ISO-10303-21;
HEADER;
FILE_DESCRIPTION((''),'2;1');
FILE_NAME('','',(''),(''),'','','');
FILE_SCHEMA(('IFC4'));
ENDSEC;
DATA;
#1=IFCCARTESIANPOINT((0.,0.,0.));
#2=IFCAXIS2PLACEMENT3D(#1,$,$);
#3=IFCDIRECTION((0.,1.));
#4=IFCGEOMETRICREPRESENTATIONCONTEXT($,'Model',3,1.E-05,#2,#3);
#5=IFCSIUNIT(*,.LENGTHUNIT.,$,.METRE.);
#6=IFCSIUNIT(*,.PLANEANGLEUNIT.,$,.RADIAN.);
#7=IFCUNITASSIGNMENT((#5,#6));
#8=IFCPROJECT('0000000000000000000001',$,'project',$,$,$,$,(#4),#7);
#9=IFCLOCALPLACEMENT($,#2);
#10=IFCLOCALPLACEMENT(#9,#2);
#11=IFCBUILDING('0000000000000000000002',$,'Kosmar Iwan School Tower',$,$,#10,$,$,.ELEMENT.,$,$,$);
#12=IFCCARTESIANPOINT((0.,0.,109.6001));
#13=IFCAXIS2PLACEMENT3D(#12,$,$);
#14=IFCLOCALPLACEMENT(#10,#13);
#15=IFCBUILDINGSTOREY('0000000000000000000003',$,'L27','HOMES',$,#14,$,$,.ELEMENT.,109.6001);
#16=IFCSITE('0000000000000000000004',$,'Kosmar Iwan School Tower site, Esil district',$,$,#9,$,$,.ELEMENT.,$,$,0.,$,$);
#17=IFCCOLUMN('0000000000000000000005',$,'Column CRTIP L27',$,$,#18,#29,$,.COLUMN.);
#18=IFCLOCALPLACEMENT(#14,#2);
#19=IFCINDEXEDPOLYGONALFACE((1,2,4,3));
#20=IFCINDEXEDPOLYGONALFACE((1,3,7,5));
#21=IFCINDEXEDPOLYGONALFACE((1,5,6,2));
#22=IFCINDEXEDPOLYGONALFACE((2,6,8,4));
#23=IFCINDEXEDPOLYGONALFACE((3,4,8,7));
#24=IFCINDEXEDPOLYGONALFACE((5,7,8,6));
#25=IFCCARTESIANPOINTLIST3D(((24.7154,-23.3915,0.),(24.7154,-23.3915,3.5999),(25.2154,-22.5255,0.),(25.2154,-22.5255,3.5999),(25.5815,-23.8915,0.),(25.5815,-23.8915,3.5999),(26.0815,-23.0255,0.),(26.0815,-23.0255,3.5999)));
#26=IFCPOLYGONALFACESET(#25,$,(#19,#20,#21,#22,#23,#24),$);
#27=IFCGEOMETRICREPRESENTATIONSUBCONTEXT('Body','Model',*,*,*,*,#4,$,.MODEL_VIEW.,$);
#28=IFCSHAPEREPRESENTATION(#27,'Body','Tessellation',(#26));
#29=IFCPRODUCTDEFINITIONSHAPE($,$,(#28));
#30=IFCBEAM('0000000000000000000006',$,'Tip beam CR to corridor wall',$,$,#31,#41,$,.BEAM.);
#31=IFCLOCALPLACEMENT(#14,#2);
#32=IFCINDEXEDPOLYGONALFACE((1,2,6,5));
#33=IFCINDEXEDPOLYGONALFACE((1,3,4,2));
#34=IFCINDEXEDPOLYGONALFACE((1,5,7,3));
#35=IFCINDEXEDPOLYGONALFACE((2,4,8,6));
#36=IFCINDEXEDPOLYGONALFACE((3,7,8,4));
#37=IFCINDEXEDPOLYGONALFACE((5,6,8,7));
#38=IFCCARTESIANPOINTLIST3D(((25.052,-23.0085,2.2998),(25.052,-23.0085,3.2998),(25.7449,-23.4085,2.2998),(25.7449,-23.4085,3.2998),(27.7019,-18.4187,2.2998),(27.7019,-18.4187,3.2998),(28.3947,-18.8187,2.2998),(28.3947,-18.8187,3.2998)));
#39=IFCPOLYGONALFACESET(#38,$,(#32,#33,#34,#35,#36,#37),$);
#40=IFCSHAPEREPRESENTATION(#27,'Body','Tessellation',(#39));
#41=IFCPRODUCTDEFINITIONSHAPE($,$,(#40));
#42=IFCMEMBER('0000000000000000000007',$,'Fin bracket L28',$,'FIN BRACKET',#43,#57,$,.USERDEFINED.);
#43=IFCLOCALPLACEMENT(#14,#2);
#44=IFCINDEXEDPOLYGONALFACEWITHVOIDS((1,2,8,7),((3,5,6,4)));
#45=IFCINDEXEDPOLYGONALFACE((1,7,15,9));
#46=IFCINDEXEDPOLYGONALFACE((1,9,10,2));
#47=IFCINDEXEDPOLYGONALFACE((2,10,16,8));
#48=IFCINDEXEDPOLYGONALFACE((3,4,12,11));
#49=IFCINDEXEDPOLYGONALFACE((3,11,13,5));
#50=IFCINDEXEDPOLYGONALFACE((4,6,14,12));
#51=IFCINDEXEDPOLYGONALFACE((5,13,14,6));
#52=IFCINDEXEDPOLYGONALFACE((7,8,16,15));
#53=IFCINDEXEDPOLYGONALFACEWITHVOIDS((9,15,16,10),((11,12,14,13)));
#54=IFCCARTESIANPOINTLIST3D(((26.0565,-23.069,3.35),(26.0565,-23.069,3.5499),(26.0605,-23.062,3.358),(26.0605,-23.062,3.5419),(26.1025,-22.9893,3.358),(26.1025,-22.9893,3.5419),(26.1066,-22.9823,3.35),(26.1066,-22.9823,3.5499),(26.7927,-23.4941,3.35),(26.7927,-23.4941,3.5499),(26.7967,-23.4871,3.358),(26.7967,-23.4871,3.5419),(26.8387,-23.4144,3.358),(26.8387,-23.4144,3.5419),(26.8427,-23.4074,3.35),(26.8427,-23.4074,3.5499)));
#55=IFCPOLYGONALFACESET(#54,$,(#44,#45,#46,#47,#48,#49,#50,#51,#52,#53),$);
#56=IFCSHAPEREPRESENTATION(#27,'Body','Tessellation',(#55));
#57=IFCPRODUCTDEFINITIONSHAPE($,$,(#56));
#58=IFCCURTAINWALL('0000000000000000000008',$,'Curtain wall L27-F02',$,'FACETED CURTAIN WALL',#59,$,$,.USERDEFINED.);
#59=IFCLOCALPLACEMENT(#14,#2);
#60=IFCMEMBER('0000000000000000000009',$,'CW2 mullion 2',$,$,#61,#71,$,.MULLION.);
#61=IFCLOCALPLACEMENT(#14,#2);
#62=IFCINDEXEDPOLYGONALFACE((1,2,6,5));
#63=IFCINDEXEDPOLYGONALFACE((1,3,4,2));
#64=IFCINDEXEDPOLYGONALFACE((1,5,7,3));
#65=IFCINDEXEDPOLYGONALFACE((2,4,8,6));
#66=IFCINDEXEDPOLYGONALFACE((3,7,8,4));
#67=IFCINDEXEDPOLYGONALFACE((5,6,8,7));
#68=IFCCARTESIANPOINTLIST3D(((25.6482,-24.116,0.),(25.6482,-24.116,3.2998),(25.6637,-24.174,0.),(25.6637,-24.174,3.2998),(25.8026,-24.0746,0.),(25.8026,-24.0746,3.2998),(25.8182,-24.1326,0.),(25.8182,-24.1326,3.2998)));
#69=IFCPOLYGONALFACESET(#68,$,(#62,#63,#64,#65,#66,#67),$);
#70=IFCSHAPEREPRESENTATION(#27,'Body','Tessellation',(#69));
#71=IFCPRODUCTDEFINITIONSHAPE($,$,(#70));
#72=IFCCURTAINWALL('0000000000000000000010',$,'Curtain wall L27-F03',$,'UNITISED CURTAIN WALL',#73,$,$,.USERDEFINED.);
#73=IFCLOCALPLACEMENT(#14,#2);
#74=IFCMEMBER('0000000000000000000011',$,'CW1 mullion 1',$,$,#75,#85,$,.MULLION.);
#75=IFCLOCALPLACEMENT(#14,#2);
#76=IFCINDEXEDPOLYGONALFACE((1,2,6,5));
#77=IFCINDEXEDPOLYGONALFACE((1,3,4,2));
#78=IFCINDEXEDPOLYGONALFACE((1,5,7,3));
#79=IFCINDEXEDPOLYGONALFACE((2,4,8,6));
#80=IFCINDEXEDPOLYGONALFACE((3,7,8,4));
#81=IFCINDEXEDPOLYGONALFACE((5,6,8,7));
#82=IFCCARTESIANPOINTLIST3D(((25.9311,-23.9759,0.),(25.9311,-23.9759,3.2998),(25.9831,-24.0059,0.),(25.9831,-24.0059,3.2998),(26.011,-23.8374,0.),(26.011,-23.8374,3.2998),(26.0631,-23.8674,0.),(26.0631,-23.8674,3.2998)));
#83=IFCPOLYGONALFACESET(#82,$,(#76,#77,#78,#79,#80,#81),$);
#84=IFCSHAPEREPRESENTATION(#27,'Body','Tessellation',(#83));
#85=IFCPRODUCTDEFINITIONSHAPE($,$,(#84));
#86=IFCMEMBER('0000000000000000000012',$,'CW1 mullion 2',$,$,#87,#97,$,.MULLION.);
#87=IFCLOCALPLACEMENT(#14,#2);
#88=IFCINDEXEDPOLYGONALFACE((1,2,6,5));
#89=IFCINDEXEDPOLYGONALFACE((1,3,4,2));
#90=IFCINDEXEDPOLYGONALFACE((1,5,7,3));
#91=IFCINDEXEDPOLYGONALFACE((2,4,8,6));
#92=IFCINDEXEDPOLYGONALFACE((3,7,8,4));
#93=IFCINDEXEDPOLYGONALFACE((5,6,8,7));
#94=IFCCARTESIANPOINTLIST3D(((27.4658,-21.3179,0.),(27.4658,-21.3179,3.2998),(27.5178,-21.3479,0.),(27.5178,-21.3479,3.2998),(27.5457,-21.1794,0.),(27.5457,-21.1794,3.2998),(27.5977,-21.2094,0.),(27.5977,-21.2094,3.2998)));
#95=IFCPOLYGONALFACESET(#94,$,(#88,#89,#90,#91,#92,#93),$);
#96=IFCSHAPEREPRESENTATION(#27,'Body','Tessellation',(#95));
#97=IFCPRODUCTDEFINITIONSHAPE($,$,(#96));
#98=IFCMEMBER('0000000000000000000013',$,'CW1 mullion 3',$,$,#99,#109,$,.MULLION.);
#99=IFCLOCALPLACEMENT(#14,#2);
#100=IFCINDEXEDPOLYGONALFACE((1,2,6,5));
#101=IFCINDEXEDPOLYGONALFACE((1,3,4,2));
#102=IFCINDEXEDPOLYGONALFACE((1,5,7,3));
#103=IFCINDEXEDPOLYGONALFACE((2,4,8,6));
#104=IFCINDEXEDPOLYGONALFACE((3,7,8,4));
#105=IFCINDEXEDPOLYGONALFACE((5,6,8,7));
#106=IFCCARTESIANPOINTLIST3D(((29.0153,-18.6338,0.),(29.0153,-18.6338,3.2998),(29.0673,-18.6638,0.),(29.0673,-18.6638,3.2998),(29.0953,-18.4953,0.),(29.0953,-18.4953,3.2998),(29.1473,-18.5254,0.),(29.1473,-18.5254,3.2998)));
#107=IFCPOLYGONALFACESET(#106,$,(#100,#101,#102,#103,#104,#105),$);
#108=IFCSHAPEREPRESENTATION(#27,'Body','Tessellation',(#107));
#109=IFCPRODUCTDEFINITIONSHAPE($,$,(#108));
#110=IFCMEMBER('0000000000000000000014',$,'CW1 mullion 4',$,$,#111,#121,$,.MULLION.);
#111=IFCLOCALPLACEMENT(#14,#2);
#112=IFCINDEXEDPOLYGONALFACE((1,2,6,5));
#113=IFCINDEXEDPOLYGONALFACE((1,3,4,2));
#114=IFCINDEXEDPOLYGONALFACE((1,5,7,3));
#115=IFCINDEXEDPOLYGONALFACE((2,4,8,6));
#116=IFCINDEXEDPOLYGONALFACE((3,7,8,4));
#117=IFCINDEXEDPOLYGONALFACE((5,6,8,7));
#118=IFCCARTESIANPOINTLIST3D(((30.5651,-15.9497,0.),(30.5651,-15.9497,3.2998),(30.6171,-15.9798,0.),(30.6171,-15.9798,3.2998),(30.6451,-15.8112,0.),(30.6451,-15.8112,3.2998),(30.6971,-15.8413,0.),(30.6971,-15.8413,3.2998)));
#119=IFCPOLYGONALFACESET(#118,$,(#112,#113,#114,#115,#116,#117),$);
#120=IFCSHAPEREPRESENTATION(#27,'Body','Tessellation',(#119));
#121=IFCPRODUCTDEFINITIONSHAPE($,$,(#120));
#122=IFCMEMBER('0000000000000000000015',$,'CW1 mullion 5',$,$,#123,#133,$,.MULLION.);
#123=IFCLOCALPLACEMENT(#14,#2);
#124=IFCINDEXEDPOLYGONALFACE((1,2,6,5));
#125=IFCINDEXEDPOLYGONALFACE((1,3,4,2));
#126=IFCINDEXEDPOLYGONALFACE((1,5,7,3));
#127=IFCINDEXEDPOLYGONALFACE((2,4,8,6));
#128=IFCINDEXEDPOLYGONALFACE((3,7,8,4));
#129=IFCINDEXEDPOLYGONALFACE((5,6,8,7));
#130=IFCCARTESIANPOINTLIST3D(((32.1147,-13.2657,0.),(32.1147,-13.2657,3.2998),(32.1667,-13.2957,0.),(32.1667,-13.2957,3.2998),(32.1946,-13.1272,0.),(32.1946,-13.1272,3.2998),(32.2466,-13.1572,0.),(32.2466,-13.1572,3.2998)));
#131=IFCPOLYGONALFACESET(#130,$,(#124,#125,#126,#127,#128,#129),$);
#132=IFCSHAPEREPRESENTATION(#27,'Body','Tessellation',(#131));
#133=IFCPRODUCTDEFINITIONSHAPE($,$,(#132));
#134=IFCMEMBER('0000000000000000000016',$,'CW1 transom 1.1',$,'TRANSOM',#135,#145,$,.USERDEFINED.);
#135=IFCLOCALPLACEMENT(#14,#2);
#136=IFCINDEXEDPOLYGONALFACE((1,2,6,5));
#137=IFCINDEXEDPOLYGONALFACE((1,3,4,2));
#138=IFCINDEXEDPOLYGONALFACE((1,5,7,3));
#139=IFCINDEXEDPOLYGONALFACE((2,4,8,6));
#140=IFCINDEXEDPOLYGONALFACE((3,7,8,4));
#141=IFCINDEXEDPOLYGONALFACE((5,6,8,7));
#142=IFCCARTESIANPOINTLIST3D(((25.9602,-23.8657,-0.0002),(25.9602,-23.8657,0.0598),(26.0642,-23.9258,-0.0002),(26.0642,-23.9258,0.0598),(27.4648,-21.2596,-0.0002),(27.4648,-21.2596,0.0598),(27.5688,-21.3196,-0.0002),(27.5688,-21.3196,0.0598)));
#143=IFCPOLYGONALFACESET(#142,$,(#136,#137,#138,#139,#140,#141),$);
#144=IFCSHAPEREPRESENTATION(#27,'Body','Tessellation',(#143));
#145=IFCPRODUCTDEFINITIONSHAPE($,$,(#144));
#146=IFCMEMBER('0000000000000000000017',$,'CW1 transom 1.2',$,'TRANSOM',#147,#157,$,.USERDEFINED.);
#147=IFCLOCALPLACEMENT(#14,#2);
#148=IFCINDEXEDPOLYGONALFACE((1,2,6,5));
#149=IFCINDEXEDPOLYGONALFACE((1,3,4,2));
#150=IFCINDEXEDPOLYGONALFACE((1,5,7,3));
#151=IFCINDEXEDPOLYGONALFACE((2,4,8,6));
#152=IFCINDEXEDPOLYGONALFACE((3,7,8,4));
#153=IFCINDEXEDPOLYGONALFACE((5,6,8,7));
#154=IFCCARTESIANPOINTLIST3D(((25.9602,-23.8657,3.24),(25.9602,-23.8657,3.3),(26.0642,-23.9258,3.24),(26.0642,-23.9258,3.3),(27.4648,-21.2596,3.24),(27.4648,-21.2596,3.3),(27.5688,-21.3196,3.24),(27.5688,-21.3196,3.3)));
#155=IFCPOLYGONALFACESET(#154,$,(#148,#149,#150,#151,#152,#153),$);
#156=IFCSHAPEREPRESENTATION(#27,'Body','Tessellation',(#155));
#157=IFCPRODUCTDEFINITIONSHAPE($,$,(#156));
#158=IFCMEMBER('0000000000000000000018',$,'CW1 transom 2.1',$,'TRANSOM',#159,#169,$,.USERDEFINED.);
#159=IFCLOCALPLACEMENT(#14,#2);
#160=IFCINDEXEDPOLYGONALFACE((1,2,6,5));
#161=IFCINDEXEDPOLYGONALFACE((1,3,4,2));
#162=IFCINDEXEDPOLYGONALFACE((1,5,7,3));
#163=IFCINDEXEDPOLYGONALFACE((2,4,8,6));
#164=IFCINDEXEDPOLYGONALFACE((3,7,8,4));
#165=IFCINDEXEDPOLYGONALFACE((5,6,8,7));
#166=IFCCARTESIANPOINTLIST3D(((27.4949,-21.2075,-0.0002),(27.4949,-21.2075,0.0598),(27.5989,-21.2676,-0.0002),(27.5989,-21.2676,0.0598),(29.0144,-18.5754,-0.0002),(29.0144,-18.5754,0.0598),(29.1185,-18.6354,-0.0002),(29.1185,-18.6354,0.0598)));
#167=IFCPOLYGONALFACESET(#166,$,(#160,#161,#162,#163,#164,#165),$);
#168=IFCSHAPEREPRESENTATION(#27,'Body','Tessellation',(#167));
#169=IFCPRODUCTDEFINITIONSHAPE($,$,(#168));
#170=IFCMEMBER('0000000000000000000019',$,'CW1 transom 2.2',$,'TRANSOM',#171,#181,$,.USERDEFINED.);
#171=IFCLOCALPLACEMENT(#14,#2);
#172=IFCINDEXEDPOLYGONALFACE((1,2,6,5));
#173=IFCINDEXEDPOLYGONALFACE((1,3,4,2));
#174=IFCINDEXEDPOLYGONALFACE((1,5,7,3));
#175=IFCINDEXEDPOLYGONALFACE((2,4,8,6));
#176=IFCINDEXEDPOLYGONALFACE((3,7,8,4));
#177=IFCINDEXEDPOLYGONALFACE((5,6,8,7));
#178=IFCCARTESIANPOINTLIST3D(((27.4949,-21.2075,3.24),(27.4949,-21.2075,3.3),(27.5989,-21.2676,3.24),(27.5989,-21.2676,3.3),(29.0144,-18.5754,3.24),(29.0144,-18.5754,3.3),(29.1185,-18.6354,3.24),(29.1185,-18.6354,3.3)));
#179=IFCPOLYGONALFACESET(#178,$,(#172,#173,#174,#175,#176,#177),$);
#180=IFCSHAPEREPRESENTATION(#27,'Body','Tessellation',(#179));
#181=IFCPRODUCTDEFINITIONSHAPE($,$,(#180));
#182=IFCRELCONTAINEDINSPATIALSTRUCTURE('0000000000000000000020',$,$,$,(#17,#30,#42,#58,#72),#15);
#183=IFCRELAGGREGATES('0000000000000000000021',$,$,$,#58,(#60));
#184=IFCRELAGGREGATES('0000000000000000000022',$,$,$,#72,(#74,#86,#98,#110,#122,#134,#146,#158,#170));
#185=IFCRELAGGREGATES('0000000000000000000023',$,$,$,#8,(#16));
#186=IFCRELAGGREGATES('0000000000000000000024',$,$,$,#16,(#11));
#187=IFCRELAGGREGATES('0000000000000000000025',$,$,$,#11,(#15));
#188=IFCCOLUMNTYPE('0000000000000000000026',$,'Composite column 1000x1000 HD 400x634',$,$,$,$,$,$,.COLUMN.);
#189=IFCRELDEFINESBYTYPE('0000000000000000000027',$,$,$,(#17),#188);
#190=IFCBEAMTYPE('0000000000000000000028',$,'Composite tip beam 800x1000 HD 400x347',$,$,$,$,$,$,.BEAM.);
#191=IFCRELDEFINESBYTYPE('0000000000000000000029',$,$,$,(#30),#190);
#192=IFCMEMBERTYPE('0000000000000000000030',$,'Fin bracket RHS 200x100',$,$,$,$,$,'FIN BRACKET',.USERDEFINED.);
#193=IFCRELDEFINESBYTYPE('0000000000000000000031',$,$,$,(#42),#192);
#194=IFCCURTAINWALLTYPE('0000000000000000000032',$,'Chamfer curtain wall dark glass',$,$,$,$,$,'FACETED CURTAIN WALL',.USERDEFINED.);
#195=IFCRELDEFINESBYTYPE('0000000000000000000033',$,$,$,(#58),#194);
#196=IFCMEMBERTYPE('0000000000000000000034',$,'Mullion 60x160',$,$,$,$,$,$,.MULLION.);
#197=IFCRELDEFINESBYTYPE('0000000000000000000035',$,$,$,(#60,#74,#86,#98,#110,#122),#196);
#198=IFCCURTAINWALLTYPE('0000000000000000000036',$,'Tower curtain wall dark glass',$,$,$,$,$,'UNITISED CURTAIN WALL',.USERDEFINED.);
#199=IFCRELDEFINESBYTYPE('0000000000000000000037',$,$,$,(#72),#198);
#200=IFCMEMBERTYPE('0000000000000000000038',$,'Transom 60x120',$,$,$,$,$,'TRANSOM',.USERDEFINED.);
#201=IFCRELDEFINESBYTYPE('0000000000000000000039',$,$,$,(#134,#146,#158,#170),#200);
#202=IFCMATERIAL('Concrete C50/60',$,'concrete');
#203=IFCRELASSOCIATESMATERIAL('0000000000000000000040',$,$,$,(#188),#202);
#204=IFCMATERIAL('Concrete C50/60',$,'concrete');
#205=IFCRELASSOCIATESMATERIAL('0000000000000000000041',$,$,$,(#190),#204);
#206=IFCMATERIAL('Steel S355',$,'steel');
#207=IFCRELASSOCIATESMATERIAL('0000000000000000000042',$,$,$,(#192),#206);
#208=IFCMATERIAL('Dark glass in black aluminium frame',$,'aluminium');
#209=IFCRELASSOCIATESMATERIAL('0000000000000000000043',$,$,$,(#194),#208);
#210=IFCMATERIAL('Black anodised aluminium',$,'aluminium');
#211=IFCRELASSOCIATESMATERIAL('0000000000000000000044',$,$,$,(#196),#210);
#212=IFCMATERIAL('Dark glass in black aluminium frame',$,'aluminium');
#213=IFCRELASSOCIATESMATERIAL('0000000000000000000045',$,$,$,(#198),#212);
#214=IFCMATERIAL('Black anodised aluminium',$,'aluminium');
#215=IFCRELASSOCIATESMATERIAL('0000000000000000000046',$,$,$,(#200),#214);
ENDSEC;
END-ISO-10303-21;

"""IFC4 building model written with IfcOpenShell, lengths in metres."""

from ifc_helpers import new_model, si_unit, direction, frame, origin, origin_2d, place, context, subcontext, project, spatial, rectangle, hollow_rectangle, extrude, material, material_profile, profile_set, type_object, element, aggregate, save


model = new_model("IFC4")

# Units and contexts
model_context = context("Model", 3, precision=1e-05, world=origin(), true_north=direction((0.0, 1.0)))
body_context = subcontext(model_context, "Body", "Model", "MODEL_VIEW")
ifc_project = project(units=[si_unit("LENGTHUNIT", "METRE"), si_unit("PLANEANGLEUNIT", "RADIAN")], contexts=[model_context])

# Site, building, storey
site_placement = place(None, origin())
site = spatial("IfcSite", under=ifc_project, at=site_placement, Name="Kosmar Iwan School Tower site, Esil district", CompositionType="ELEMENT", RefElevation=0.0)
building_placement = place(site_placement, origin())
building = spatial("IfcBuilding", under=site, at=building_placement, Name="Kosmar Iwan School Tower", CompositionType="ELEMENT")
storey_placement = place(building_placement, frame((0.0, 0.0, 109.6001)))
storey = spatial("IfcBuildingStorey", under=building, at=storey_placement, Name="L27", Description="HOMES", CompositionType="ELEMENT", Elevation=109.6001)

# Column
ifc_material_1 = material(Name="Concrete C50/60", Category="concrete")
ifc_material_profile_1 = material_profile(ifc_material_1, rectangle(XDim=1.0, YDim=1.0, at=origin_2d()), Name="RC 1000x1000 + HD 400x634")
ifc_profile_set_1 = profile_set([ifc_material_profile_1], Name="Concrete C50/60")
column_type = type_object("IfcColumnType", Name="Composite column 1000x1000 HD 400x634", PredefinedType="COLUMN", material=ifc_profile_set_1)
column_placement = place(storey_placement, frame((25.3984, -23.2085, 0.0), z_axis=(0.0, 0.0, 1.0), x_axis=(0.866025, -0.5, 0.0)))
element("IfcColumn", 1, at=column_placement, inside=storey, type_object=column_type, Name="Column CRTIP L27", PredefinedType="COLUMN", context=body_context, shape_type="SweptSolid", body=[
    extrude(rectangle(XDim=1.0, YDim=1.0, at=origin_2d()), origin(), (0.0, 0.0, 1.0), 3.5999),
])

# Beam
ifc_material_2 = material(Name="Concrete C50/60", Category="concrete")
ifc_material_profile_2 = material_profile(ifc_material_2, rectangle(XDim=0.8, YDim=1.0, at=origin_2d()), Name="RC 800x1000 + HD 400x347")
ifc_profile_set_2 = profile_set([ifc_material_profile_2], Name="Concrete C50/60")
beam_type = type_object("IfcBeamType", Name="Composite tip beam 800x1000 HD 400x347", PredefinedType="BEAM", material=ifc_profile_set_2)
beam_placement = place(storey_placement, frame((25.3984, -23.2085, 2.7998), z_axis=(0.499994, 0.866029, 0.0), x_axis=(-0.866029, 0.499994, 0.0)))
element("IfcBeam", 2, at=beam_placement, inside=storey, type_object=beam_type, Name="Tip beam CR to corridor wall", PredefinedType="BEAM", context=body_context, shape_type="SweptSolid", body=[
    extrude(rectangle(XDim=0.8, YDim=1.0, at=origin_2d()), origin(), (0.0, 0.0, 1.0), 5.2998),
])

# Member
ifc_material_3 = material(Name="Steel S355", Category="steel")
ifc_material_profile_3 = material_profile(ifc_material_3, hollow_rectangle(XDim=0.1001, YDim=0.2, WallThickness=0.0081, at=origin_2d()), Name="RHS 200x100x8")
ifc_profile_set_3 = profile_set([ifc_material_profile_3], Name="Steel S355")
member_type_1 = type_object("IfcMemberType", Name="Fin bracket RHS 200x100", ElementType="FIN BRACKET", PredefinedType="USERDEFINED", material=ifc_profile_set_3)
member_1_placement = place(storey_placement, frame((26.0815, -23.0256, 3.45), z_axis=(0.865989, -0.500062, 0.0), x_axis=(0.500062, 0.865989, 0.0)))
element("IfcMember", 3, at=member_1_placement, inside=storey, type_object=member_type_1, Name="Fin bracket L28", ObjectType="FIN BRACKET", PredefinedType="USERDEFINED", context=body_context, shape_type="SweptSolid", body=[
    extrude(hollow_rectangle(XDim=0.1001, YDim=0.2, WallThickness=0.0081, at=origin_2d()), origin(), (0.0, 0.0, 1.0), 0.8501),
])

# Curtain wall, member
ifc_material_4 = material(Name="Dark glass in black aluminium frame", Category="aluminium")
curtain_wall_type_1 = type_object("IfcCurtainWallType", Name="Chamfer curtain wall dark glass", ElementType="FACETED CURTAIN WALL", PredefinedType="USERDEFINED", material=ifc_material_4)
curtain_wall_1_placement = place(storey_placement, origin())
curtain_wall_1 = element("IfcCurtainWall", 4, at=curtain_wall_1_placement, inside=storey, type_object=curtain_wall_type_1, Name="Curtain wall L27-F02", ObjectType="FACETED CURTAIN WALL", PredefinedType="USERDEFINED")
ifc_material_5 = material(Name="Black anodised aluminium", Category="aluminium")
ifc_material_profile_4 = material_profile(ifc_material_5, rectangle(XDim=0.0601, YDim=0.1599, at=origin_2d()), Name="MULLION 60x160")
ifc_profile_set_4 = profile_set([ifc_material_profile_4], Name="Black anodised aluminium")
member_type_2 = type_object("IfcMemberType", Name="Mullion 60x160", PredefinedType="MULLION", material=ifc_profile_set_4)
member_2_placement = place(storey_placement, frame((25.7332, -24.1243, 0.0), z_axis=(0.0, 0.0, 1.0), x_axis=(-0.258819, 0.965926, 0.0)))
member_2 = element("IfcMember", 5, at=member_2_placement, type_object=member_type_2, Name="CW2 mullion 2", PredefinedType="MULLION", context=body_context, shape_type="SweptSolid", body=[
    extrude(rectangle(XDim=0.0601, YDim=0.1599, at=origin_2d()), origin(), (0.0, 0.0, 1.0), 3.2998),
])

# Curtain wall, members
ifc_material_6 = material(Name="Dark glass in black aluminium frame", Category="aluminium")
curtain_wall_type_2 = type_object("IfcCurtainWallType", Name="Tower curtain wall dark glass", ElementType="UNITISED CURTAIN WALL", PredefinedType="USERDEFINED", material=ifc_material_6)
curtain_wall_2_placement = place(storey_placement, origin())
curtain_wall_2 = element("IfcCurtainWall", 6, at=curtain_wall_2_placement, inside=storey, type_object=curtain_wall_type_2, Name="Curtain wall L27-F03", ObjectType="UNITISED CURTAIN WALL", PredefinedType="USERDEFINED")
member_3_placement = place(storey_placement, frame((25.9971, -23.9216, 0.0), z_axis=(0.0, 0.0, 1.0), x_axis=(-0.866025, 0.5, 0.0)))
member_3 = element("IfcMember", 7, at=member_3_placement, type_object=member_type_2, Name="CW1 mullion 1", PredefinedType="MULLION", context=body_context, shape_type="SweptSolid", body=[
    extrude(rectangle(XDim=0.0601, YDim=0.1599, at=origin_2d()), origin(), (0.0, 0.0, 1.0), 3.2998),
])
member_4_placement = place(storey_placement, frame((27.5317, -21.2637, 0.0), z_axis=(0.0, 0.0, 1.0), x_axis=(-0.866025, 0.5, 0.0)))
member_4 = element("IfcMember", 8, at=member_4_placement, type_object=member_type_2, Name="CW1 mullion 2", PredefinedType="MULLION", context=body_context, shape_type="SweptSolid", body=[
    extrude(rectangle(XDim=0.0601, YDim=0.1599, at=origin_2d()), origin(), (0.0, 0.0, 1.0), 3.2998),
])
member_5_placement = place(storey_placement, frame((29.0813, -18.5796, 0.0), z_axis=(0.0, 0.0, 1.0), x_axis=(-0.866025, 0.5, 0.0)))
member_5 = element("IfcMember", 9, at=member_5_placement, type_object=member_type_2, Name="CW1 mullion 3", PredefinedType="MULLION", context=body_context, shape_type="SweptSolid", body=[
    extrude(rectangle(XDim=0.0601, YDim=0.1599, at=origin_2d()), origin(), (0.0, 0.0, 1.0), 3.2998),
])
member_6_placement = place(storey_placement, frame((30.6311, -15.8955, 0.0), z_axis=(0.0, 0.0, 1.0), x_axis=(-0.866025, 0.5, 0.0)))
member_6 = element("IfcMember", 10, at=member_6_placement, type_object=member_type_2, Name="CW1 mullion 4", PredefinedType="MULLION", context=body_context, shape_type="SweptSolid", body=[
    extrude(rectangle(XDim=0.0601, YDim=0.1599, at=origin_2d()), origin(), (0.0, 0.0, 1.0), 3.2998),
])
member_7_placement = place(storey_placement, frame((32.1807, -13.2114, 0.0), z_axis=(0.0, 0.0, 1.0), x_axis=(-0.866025, 0.5, 0.0)))
member_7 = element("IfcMember", 11, at=member_7_placement, type_object=member_type_2, Name="CW1 mullion 5", PredefinedType="MULLION", context=body_context, shape_type="SweptSolid", body=[
    extrude(rectangle(XDim=0.0601, YDim=0.1599, at=origin_2d()), origin(), (0.0, 0.0, 1.0), 3.2998),
])
ifc_material_7 = material(Name="Black anodised aluminium", Category="aluminium")
ifc_material_profile_5 = material_profile(ifc_material_7, rectangle(XDim=0.1201, YDim=0.0601, at=origin_2d()), Name="TRANSOM 60x120")
ifc_profile_set_5 = profile_set([ifc_material_profile_5], Name="Black anodised aluminium")
member_type_3 = type_object("IfcMemberType", Name="Transom 60x120", ElementType="TRANSOM", PredefinedType="USERDEFINED", material=ifc_profile_set_5)
member_8_placement = place(storey_placement, frame((26.0122, -23.8958, 0.0298), z_axis=(0.499987, 0.866033, 0.0), x_axis=(-0.866033, 0.499987, 0.0)))
member_8 = element("IfcMember", 12, at=member_8_placement, type_object=member_type_3, Name="CW1 transom 1.1", ObjectType="TRANSOM", PredefinedType="USERDEFINED", context=body_context, shape_type="SweptSolid", body=[
    extrude(rectangle(XDim=0.1201, YDim=0.0601, at=origin_2d()), origin(), (0.0, 0.0, 1.0), 3.0093),
])
member_9_placement = place(storey_placement, frame((26.0122, -23.8958, 3.27), z_axis=(0.499987, 0.866033, 0.0), x_axis=(-0.866033, 0.499987, 0.0)))
member_9 = element("IfcMember", 13, at=member_9_placement, type_object=member_type_3, Name="CW1 transom 1.2", ObjectType="TRANSOM", PredefinedType="USERDEFINED", context=body_context, shape_type="SweptSolid", body=[
    extrude(rectangle(XDim=0.1201, YDim=0.0601, at=origin_2d()), origin(), (0.0, 0.0, 1.0), 3.0093),
])
member_10_placement = place(storey_placement, frame((27.5469, -21.2375, 0.0298), z_axis=(0.499975, 0.86604, 0.0), x_axis=(-0.86604, 0.499975, 0.0)))
member_10 = element("IfcMember", 14, at=member_10_placement, type_object=member_type_3, Name="CW1 transom 2.1", ObjectType="TRANSOM", PredefinedType="USERDEFINED", context=body_context, shape_type="SweptSolid", body=[
    extrude(rectangle(XDim=0.1201, YDim=0.0601, at=origin_2d()), origin(), (0.0, 0.0, 1.0), 3.0393),
])
member_11_placement = place(storey_placement, frame((27.5469, -21.2375, 3.27), z_axis=(0.499975, 0.86604, 0.0), x_axis=(-0.86604, 0.499975, 0.0)))
member_11 = element("IfcMember", 15, at=member_11_placement, type_object=member_type_3, Name="CW1 transom 2.2", ObjectType="TRANSOM", PredefinedType="USERDEFINED", context=body_context, shape_type="SweptSolid", body=[
    extrude(rectangle(XDim=0.1201, YDim=0.0601, at=origin_2d()), origin(), (0.0, 0.0, 1.0), 3.0393),
])

aggregate(curtain_wall_1, [member_2])
aggregate(curtain_wall_2, [member_3, member_4, member_5, member_6, member_7, member_8, member_9, member_10, member_11])

save(model, "model.ifc")
